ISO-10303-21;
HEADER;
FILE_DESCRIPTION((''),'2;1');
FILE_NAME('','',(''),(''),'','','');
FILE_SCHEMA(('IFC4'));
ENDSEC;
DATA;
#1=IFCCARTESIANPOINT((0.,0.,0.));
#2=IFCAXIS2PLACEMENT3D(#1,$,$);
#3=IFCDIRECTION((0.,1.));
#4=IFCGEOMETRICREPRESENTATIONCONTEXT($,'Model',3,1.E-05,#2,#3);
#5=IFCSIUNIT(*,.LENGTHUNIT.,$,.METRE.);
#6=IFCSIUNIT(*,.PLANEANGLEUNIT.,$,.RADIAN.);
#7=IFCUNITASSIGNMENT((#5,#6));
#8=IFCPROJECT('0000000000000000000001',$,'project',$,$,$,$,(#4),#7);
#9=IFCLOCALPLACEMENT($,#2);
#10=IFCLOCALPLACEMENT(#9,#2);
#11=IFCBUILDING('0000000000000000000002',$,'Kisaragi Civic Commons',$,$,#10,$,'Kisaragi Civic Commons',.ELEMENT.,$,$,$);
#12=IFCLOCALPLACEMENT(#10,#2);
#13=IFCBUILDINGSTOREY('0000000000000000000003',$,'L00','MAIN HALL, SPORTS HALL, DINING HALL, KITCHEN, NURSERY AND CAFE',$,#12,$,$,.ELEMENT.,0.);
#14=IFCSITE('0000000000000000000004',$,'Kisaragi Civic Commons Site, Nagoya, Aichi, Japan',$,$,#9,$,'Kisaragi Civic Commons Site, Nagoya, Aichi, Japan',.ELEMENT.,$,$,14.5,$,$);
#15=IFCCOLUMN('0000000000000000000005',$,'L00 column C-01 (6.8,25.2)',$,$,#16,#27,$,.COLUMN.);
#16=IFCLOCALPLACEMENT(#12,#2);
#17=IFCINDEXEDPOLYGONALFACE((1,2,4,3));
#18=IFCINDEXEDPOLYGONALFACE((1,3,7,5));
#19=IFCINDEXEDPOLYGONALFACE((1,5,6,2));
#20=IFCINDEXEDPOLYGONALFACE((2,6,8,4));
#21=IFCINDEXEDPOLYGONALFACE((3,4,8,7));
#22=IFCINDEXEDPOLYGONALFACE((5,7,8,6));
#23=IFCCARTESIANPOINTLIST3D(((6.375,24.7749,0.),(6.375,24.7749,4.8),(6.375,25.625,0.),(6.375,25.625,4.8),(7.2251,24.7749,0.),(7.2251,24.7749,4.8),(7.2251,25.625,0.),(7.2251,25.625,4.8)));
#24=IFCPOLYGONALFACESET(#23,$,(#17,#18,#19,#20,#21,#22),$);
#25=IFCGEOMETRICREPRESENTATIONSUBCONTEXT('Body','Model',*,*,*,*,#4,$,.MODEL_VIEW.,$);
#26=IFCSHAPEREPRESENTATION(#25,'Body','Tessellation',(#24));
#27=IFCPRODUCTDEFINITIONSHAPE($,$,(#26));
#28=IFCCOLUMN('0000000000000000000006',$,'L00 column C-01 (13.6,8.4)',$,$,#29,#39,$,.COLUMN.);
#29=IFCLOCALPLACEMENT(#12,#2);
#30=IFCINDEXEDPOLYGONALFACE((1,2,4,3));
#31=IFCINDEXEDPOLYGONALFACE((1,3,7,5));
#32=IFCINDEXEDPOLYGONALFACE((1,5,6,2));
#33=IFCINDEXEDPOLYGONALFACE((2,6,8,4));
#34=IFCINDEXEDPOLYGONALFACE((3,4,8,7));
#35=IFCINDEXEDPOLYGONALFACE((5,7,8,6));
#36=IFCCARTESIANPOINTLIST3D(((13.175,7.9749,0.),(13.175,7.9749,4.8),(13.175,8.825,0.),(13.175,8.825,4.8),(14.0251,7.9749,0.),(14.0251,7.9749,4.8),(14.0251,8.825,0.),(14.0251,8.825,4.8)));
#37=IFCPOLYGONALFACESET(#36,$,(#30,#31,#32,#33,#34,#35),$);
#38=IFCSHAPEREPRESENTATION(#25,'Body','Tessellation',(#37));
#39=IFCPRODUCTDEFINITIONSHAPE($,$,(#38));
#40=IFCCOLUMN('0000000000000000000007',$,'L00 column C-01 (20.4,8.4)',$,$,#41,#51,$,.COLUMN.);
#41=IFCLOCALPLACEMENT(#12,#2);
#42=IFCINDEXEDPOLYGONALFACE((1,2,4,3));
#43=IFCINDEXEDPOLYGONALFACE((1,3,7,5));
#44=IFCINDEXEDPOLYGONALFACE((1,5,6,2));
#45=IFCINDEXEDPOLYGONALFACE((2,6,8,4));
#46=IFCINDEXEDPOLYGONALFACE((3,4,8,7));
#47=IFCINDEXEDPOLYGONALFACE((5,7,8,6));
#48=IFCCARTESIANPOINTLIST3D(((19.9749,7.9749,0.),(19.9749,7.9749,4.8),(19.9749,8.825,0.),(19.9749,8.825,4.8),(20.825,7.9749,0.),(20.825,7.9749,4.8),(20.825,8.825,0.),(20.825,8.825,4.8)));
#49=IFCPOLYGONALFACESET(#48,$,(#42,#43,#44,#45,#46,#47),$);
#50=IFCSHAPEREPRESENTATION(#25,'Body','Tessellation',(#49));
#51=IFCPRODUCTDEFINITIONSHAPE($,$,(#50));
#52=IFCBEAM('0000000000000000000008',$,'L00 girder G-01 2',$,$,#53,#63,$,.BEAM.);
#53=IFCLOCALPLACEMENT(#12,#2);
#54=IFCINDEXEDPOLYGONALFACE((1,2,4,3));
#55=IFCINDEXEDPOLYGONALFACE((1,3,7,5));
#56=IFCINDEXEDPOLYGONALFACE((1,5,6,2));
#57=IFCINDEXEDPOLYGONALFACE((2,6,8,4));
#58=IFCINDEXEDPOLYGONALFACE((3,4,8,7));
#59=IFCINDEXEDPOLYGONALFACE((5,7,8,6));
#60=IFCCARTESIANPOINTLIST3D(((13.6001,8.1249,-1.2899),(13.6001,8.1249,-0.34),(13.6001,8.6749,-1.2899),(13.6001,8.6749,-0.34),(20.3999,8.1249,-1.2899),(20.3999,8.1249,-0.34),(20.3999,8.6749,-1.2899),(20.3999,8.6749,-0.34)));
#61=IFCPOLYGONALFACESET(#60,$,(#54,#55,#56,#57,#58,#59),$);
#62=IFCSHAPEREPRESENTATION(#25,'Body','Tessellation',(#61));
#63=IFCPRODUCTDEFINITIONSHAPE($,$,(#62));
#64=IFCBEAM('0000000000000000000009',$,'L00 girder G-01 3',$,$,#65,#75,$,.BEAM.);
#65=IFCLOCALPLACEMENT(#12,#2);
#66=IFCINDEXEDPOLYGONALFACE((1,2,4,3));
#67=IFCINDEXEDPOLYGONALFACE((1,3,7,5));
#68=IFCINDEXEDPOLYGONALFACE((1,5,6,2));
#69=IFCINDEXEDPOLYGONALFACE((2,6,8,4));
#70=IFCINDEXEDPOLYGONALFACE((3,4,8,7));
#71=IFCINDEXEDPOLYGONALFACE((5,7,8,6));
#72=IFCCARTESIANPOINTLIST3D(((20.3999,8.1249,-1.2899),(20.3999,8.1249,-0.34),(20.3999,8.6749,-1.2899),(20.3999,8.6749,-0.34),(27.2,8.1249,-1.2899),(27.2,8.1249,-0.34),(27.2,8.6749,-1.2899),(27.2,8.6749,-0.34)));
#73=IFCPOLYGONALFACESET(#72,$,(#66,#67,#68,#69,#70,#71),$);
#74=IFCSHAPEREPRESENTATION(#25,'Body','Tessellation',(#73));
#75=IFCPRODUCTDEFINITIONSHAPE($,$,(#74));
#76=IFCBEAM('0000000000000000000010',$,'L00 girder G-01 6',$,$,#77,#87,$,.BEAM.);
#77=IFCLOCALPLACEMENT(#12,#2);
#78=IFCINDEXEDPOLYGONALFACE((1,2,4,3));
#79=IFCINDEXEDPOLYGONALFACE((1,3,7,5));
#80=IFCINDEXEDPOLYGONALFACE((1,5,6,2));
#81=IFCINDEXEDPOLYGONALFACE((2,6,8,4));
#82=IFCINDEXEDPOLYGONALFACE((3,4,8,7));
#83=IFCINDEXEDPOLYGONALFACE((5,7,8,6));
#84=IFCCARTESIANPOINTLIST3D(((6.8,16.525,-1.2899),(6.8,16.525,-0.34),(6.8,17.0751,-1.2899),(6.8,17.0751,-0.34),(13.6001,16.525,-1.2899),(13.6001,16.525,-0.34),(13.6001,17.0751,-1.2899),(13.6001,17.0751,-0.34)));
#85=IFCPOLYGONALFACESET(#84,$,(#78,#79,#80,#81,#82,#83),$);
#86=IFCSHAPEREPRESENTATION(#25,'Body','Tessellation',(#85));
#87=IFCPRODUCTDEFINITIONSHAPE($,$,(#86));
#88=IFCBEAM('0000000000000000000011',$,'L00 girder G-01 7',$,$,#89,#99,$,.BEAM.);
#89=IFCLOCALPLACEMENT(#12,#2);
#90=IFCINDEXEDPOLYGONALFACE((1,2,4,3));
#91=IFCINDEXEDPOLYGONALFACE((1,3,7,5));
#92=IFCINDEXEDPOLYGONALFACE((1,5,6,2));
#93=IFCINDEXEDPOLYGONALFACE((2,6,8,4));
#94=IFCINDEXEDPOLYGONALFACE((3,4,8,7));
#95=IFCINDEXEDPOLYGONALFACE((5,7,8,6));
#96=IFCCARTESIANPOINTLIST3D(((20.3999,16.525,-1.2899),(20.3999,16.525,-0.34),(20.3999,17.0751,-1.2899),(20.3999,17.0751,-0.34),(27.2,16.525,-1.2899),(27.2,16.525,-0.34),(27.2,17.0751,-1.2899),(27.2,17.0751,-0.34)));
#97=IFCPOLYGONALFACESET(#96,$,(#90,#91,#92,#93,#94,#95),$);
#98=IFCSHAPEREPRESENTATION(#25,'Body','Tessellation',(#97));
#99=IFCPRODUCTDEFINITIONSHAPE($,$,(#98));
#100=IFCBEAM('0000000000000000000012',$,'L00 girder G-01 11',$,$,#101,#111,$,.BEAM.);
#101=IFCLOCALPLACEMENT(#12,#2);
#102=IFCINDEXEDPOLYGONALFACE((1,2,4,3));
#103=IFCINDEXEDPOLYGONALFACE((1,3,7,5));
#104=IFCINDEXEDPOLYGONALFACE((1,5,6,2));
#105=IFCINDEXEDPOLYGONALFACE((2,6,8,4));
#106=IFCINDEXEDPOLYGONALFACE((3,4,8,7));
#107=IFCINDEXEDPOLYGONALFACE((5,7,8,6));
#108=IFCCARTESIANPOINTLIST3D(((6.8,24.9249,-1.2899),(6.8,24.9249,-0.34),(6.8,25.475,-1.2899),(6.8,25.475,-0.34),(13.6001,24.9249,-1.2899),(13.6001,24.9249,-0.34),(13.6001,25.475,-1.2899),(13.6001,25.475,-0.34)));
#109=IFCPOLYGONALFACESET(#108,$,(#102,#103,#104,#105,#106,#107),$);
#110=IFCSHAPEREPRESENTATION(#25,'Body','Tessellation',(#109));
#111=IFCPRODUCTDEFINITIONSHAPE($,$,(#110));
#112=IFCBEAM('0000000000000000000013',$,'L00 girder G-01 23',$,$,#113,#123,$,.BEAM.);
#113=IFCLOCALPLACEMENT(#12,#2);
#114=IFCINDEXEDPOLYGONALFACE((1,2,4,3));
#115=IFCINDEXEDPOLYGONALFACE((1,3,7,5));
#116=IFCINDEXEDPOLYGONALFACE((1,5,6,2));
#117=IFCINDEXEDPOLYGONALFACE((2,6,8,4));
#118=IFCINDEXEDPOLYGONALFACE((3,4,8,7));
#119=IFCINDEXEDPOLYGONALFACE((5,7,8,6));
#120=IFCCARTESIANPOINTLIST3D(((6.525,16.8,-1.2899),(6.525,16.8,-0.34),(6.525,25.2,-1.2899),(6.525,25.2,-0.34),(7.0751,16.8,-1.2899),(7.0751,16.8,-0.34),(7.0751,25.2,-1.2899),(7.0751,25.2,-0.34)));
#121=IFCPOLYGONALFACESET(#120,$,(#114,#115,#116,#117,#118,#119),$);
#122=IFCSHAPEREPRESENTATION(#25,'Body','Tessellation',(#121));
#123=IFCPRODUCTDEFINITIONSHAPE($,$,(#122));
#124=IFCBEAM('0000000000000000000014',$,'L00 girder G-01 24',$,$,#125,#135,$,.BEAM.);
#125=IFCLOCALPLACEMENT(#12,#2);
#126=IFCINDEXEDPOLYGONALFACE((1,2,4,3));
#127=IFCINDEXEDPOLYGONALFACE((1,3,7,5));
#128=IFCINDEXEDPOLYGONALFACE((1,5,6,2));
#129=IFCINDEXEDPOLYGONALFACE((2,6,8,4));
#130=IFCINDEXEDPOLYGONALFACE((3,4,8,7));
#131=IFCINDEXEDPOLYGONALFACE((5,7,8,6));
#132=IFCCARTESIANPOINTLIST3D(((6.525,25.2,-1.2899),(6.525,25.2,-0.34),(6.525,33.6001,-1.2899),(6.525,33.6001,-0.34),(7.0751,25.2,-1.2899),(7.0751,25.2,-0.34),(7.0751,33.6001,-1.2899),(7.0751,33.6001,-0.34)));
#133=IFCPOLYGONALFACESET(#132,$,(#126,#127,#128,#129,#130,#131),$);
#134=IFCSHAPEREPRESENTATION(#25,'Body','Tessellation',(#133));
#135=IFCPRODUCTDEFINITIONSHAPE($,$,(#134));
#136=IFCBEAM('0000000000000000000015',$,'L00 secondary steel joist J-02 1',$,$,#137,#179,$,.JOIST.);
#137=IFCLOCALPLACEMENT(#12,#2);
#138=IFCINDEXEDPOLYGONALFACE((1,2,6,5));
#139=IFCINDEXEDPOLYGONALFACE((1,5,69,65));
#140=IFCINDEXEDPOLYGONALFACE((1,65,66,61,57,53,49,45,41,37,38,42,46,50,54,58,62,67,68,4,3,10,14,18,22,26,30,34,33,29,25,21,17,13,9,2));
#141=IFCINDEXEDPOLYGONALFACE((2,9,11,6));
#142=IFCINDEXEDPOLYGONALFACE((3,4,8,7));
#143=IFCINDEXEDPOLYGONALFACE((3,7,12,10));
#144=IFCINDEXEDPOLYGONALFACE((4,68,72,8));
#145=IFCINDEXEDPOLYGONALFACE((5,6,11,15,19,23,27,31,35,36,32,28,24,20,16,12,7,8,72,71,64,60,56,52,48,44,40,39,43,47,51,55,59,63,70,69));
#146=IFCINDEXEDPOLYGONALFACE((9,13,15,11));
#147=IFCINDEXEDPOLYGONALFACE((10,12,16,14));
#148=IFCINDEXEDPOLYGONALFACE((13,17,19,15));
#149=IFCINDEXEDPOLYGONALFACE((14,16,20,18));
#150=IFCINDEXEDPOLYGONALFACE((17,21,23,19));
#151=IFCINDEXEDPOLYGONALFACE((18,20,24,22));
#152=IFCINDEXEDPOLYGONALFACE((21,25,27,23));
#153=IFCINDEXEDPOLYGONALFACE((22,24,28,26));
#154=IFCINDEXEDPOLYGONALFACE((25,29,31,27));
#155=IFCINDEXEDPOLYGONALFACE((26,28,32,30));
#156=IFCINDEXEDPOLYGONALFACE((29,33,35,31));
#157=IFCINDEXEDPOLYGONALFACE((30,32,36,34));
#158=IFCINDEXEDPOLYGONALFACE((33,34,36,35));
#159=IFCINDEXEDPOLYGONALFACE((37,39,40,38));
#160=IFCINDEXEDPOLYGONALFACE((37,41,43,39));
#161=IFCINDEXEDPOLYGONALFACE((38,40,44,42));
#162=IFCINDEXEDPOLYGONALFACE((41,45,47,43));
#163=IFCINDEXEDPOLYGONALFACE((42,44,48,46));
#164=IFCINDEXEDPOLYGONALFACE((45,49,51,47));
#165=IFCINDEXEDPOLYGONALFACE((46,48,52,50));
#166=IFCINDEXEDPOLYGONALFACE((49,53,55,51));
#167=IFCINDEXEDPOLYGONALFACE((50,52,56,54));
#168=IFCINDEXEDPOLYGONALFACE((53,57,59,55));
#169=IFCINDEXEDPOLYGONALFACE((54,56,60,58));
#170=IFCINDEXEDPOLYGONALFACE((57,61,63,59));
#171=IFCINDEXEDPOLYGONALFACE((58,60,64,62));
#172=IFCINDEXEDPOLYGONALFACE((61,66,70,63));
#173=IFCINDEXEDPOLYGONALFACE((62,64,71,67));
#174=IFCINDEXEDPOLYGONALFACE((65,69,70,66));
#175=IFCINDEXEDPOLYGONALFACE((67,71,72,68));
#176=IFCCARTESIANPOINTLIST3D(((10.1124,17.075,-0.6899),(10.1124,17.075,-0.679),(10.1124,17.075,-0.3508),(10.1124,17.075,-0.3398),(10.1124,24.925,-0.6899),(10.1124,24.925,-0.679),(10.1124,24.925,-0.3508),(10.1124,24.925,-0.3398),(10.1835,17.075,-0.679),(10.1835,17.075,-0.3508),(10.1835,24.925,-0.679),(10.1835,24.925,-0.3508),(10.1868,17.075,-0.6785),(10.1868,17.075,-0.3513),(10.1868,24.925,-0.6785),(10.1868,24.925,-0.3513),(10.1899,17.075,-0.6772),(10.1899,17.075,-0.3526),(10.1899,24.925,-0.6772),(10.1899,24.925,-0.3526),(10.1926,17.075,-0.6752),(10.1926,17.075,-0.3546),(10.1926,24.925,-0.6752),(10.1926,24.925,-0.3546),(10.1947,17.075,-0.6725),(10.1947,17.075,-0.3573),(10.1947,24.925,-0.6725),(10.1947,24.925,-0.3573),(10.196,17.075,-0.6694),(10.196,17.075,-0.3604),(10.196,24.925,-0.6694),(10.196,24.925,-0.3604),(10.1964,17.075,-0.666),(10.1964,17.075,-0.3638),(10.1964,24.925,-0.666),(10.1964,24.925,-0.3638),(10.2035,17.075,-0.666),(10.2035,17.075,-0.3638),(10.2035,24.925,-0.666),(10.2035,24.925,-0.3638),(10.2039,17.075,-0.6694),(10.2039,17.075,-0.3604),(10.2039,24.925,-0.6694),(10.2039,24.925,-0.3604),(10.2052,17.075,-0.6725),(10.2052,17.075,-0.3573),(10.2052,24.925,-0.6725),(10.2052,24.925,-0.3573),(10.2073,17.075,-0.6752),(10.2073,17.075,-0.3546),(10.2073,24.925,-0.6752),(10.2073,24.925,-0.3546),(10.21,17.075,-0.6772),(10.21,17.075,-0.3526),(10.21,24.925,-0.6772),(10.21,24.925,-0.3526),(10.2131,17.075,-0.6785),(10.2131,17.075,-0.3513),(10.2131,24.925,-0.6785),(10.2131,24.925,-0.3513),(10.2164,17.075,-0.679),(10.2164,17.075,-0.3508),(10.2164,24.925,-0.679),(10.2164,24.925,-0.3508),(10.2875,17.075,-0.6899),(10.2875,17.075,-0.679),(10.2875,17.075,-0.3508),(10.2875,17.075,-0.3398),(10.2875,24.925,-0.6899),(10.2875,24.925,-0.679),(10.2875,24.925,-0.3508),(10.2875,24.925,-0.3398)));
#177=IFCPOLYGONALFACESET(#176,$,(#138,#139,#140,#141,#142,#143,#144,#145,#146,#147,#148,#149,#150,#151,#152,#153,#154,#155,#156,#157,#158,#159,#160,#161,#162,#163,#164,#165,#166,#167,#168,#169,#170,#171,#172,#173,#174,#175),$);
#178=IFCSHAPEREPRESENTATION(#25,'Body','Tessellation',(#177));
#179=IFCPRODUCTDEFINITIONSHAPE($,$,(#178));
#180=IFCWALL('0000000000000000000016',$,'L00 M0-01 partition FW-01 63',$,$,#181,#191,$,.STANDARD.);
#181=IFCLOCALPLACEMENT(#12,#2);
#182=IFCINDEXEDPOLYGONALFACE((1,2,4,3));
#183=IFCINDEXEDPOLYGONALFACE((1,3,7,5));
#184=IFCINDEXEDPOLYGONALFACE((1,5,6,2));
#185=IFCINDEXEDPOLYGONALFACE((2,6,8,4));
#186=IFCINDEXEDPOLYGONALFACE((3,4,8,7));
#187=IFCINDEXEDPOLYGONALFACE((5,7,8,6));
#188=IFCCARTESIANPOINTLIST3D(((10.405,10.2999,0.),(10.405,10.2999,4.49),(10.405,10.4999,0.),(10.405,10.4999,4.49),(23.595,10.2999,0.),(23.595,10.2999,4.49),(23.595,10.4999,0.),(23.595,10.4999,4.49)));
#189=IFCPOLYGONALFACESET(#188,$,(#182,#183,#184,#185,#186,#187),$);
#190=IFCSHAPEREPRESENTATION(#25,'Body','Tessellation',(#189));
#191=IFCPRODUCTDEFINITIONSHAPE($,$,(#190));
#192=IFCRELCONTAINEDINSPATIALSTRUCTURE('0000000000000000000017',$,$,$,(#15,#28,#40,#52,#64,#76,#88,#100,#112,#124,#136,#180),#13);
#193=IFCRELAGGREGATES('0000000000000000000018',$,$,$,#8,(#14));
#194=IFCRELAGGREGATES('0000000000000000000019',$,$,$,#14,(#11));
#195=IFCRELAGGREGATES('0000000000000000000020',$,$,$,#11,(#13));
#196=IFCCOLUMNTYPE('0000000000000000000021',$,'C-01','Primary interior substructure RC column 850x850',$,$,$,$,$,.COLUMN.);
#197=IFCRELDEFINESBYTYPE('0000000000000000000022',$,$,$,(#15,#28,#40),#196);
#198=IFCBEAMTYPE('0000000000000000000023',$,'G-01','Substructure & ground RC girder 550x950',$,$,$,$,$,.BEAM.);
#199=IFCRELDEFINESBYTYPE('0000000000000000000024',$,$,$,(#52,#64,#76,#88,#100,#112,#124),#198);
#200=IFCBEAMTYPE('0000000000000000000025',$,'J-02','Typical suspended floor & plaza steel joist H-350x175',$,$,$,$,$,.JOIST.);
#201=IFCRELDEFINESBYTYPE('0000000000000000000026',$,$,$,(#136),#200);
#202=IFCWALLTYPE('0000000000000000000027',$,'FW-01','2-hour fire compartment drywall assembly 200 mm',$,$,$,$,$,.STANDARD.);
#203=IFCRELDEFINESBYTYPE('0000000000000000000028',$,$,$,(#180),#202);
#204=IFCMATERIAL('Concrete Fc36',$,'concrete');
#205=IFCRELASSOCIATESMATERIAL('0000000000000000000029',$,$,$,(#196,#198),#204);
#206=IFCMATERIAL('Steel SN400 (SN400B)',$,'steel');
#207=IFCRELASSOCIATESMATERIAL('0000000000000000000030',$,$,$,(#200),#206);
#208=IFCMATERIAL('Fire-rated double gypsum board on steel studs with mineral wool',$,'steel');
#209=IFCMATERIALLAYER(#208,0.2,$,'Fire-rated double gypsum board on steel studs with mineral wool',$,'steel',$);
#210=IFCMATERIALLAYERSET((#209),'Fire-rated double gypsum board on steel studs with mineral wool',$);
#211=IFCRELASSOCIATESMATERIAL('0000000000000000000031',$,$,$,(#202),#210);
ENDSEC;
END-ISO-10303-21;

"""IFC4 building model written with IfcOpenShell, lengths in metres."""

from ifc_helpers import new_model, si_unit, direction, frame, frame_2d, origin, origin_2d, place, context, subcontext, project, spatial, rectangle, i_section, extrude, material, layer, layer_set, material_profile, profile_set, type_object, element, save


model = new_model("IFC4")

# Units and contexts
model_context = context("Model", 3, precision=1e-05, world=origin(), true_north=direction((0.0, 1.0)))
body_context = subcontext(model_context, "Body", "Model", "MODEL_VIEW")
ifc_project = project(units=[si_unit("LENGTHUNIT", "METRE"), si_unit("PLANEANGLEUNIT", "RADIAN")], contexts=[model_context])

# Site, building, storey
site_placement = place(None, origin())
site = spatial("IfcSite", under=ifc_project, at=site_placement, Name="Kisaragi Civic Commons Site, Nagoya, Aichi, Japan", LongName="Kisaragi Civic Commons Site, Nagoya, Aichi, Japan", CompositionType="ELEMENT", RefElevation=14.5)
building_placement = place(site_placement, origin())
building = spatial("IfcBuilding", under=site, at=building_placement, Name="Kisaragi Civic Commons", LongName="Kisaragi Civic Commons", CompositionType="ELEMENT")
storey_placement = place(building_placement, origin())
storey = spatial("IfcBuildingStorey", under=building, at=storey_placement, Name="L00", Description="MAIN HALL, SPORTS HALL, DINING HALL, KITCHEN, NURSERY AND CAFE", CompositionType="ELEMENT", Elevation=0.0)

# Columns
ifc_material_1 = material(Name="Concrete Fc36", Category="concrete")
ifc_material_profile_1 = material_profile(ifc_material_1, rectangle(XDim=0.8501, YDim=0.8501, at=origin_2d()), Name="RC-850x850", Category="concrete")
ifc_profile_set_1 = profile_set([ifc_material_profile_1], Name="Concrete Fc36")
column_type = type_object("IfcColumnType", Name="C-01", Description="Primary interior substructure RC column 850x850", PredefinedType="COLUMN", material=ifc_profile_set_1)
for number, where, z_axis, x_axis, name in (
    (1, (6.8, 25.2, 0.0), (0.0, 0.0, 1.0), (1.0, 0.0, 0.0), "L00 column C-01 (6.8,25.2)"),
    (2, (13.6001, 8.3999, 0.0), (0.0, 0.0, 1.0), (1.0, 0.0, 0.0), "L00 column C-01 (13.6,8.4)"),
    (3, (20.3999, 8.3999, 0.0), (0.0, 0.0, 1.0), (1.0, 0.0, 0.0), "L00 column C-01 (20.4,8.4)"),
):
    element("IfcColumn", number, at=place(storey_placement, frame(where, z_axis=z_axis, x_axis=x_axis)), inside=storey, type_object=column_type, Name=name, PredefinedType="COLUMN", context=body_context, shape_type="SweptSolid", body=[
        extrude(rectangle(XDim=0.8501, YDim=0.8501, at=origin_2d()), origin(), (0.0, 0.0, 1.0), 4.8),
    ])

# Beams
ifc_material_profile_2 = material_profile(ifc_material_1, rectangle(XDim=0.55, YDim=0.95, at=origin_2d()), Name="RC-550x950", Category="concrete")
ifc_profile_set_2 = profile_set([ifc_material_profile_2], Name="Concrete Fc36")
beam_type_1 = type_object("IfcBeamType", Name="G-01", Description="Substructure & ground RC girder 550x950", PredefinedType="BEAM", material=ifc_profile_set_2)
beam_1_placement = place(storey_placement, frame((13.6001, 8.3999, -0.8149), z_axis=(1.0, 0.0, 0.0), x_axis=(0.0, 1.0, 0.0)))
element("IfcBeam", 4, at=beam_1_placement, inside=storey, type_object=beam_type_1, Name="L00 girder G-01 2", PredefinedType="BEAM", context=body_context, shape_type="SweptSolid", body=[
    extrude(rectangle(XDim=0.55, YDim=0.95, at=origin_2d()), origin(), (0.0, 0.0, 1.0), 6.7998),
])
for number, where, z_axis, x_axis, name in (
    (5, (20.3999, 8.3999, -0.8149), (1.0, 0.0, 0.0), (0.0, 1.0, 0.0), "L00 girder G-01 3"),
    (6, (6.8, 16.8, -0.8149), (1.0, 0.0, 0.0), (0.0, 1.0, 0.0), "L00 girder G-01 6"),
    (7, (20.3999, 16.8, -0.8149), (1.0, 0.0, 0.0), (0.0, 1.0, 0.0), "L00 girder G-01 7"),
    (8, (6.8, 25.2, -0.8149), (1.0, 0.0, 0.0), (0.0, 1.0, 0.0), "L00 girder G-01 11"),
):
    element("IfcBeam", number, at=place(storey_placement, frame(where, z_axis=z_axis, x_axis=x_axis)), inside=storey, type_object=beam_type_1, Name=name, PredefinedType="BEAM", context=body_context, shape_type="SweptSolid", body=[
        extrude(rectangle(XDim=0.55, YDim=0.95, at=origin_2d()), origin(), (0.0, 0.0, 1.0), 6.8),
    ])
beam_2_placement = place(storey_placement, frame((6.8, 16.8, -0.8149), z_axis=(0.0, 1.0, 0.0), x_axis=(-1.0, 0.0, 0.0)))
element("IfcBeam", 9, at=beam_2_placement, inside=storey, type_object=beam_type_1, Name="L00 girder G-01 23", PredefinedType="BEAM", context=body_context, shape_type="SweptSolid", body=[
    extrude(rectangle(XDim=0.55, YDim=0.95, at=origin_2d()), origin(), (0.0, 0.0, 1.0), 8.3999),
])
beam_3_placement = place(storey_placement, frame((6.8, 25.2, -0.8149), z_axis=(0.0, 1.0, 0.0), x_axis=(-1.0, 0.0, 0.0)))
element("IfcBeam", 10, at=beam_3_placement, inside=storey, type_object=beam_type_1, Name="L00 girder G-01 24", PredefinedType="BEAM", context=body_context, shape_type="SweptSolid", body=[
    extrude(rectangle(XDim=0.55, YDim=0.95, at=origin_2d()), origin(), (0.0, 0.0, 1.0), 8.4001),
])
ifc_material_2 = material(Name="Steel SN400 (SN400B)", Category="steel")
ifc_material_profile_3 = material_profile(ifc_material_2, i_section(OverallWidth=0.175, OverallDepth=0.3501, WebThickness=0.0071, FlangeThickness=0.011, FilletRadius=0.0129, at=origin_2d()), Name="H-350x175x7x11", Category="steel")
ifc_profile_set_3 = profile_set([ifc_material_profile_3], Name="Steel SN400 (SN400B)")
beam_type_2 = type_object("IfcBeamType", Name="J-02", Description="Typical suspended floor & plaza steel joist H-350x175", PredefinedType="JOIST", material=ifc_profile_set_3)
beam_4_placement = place(storey_placement, frame((10.2, 17.075, -0.5149), z_axis=(0.0, 1.0, 0.0), x_axis=(-1.0, 0.0, 0.0)))
element("IfcBeam", 11, at=beam_4_placement, inside=storey, type_object=beam_type_2, Name="L00 secondary steel joist J-02 1", PredefinedType="JOIST", context=body_context, shape_type="SweptSolid", body=[
    extrude(i_section(OverallWidth=0.175, OverallDepth=0.3501, WebThickness=0.0071, FlangeThickness=0.011, FilletRadius=0.0129, at=origin_2d()), origin(), (0.0, 0.0, 1.0), 7.8501),
])

# Wall
ifc_material_3 = material(Name="Fire-rated double gypsum board on steel studs with mineral wool", Category="steel")
ifc_layer_1 = layer(ifc_material_3, 0.2, Name="Fire-rated double gypsum board on steel studs with mineral wool", Category="steel")
ifc_layer_set_1 = layer_set([ifc_layer_1], Name="Fire-rated double gypsum board on steel studs with mineral wool")
wall_type_1 = type_object("IfcWallType", Name="FW-01", Description="2-hour fire compartment drywall assembly 200 mm", PredefinedType="STANDARD", material=ifc_layer_set_1)
wall_1_placement = place(storey_placement, frame((23.595, 10.3999, 0.0), z_axis=(0.0, 0.0, 1.0), x_axis=(-1.0, 0.0, 0.0)))
element("IfcWall", 12, at=wall_1_placement, inside=storey, type_object=wall_type_1, Name="L00 M0-01 partition FW-01 63", PredefinedType="STANDARD", context=body_context, shape_type="SweptSolid", body=[
    extrude(rectangle(XDim=13.1899, YDim=0.2, at=frame_2d((6.595, 0.0))), origin(), (0.0, 0.0, 1.0), 4.49),
])

save(model, "model.ifc")
